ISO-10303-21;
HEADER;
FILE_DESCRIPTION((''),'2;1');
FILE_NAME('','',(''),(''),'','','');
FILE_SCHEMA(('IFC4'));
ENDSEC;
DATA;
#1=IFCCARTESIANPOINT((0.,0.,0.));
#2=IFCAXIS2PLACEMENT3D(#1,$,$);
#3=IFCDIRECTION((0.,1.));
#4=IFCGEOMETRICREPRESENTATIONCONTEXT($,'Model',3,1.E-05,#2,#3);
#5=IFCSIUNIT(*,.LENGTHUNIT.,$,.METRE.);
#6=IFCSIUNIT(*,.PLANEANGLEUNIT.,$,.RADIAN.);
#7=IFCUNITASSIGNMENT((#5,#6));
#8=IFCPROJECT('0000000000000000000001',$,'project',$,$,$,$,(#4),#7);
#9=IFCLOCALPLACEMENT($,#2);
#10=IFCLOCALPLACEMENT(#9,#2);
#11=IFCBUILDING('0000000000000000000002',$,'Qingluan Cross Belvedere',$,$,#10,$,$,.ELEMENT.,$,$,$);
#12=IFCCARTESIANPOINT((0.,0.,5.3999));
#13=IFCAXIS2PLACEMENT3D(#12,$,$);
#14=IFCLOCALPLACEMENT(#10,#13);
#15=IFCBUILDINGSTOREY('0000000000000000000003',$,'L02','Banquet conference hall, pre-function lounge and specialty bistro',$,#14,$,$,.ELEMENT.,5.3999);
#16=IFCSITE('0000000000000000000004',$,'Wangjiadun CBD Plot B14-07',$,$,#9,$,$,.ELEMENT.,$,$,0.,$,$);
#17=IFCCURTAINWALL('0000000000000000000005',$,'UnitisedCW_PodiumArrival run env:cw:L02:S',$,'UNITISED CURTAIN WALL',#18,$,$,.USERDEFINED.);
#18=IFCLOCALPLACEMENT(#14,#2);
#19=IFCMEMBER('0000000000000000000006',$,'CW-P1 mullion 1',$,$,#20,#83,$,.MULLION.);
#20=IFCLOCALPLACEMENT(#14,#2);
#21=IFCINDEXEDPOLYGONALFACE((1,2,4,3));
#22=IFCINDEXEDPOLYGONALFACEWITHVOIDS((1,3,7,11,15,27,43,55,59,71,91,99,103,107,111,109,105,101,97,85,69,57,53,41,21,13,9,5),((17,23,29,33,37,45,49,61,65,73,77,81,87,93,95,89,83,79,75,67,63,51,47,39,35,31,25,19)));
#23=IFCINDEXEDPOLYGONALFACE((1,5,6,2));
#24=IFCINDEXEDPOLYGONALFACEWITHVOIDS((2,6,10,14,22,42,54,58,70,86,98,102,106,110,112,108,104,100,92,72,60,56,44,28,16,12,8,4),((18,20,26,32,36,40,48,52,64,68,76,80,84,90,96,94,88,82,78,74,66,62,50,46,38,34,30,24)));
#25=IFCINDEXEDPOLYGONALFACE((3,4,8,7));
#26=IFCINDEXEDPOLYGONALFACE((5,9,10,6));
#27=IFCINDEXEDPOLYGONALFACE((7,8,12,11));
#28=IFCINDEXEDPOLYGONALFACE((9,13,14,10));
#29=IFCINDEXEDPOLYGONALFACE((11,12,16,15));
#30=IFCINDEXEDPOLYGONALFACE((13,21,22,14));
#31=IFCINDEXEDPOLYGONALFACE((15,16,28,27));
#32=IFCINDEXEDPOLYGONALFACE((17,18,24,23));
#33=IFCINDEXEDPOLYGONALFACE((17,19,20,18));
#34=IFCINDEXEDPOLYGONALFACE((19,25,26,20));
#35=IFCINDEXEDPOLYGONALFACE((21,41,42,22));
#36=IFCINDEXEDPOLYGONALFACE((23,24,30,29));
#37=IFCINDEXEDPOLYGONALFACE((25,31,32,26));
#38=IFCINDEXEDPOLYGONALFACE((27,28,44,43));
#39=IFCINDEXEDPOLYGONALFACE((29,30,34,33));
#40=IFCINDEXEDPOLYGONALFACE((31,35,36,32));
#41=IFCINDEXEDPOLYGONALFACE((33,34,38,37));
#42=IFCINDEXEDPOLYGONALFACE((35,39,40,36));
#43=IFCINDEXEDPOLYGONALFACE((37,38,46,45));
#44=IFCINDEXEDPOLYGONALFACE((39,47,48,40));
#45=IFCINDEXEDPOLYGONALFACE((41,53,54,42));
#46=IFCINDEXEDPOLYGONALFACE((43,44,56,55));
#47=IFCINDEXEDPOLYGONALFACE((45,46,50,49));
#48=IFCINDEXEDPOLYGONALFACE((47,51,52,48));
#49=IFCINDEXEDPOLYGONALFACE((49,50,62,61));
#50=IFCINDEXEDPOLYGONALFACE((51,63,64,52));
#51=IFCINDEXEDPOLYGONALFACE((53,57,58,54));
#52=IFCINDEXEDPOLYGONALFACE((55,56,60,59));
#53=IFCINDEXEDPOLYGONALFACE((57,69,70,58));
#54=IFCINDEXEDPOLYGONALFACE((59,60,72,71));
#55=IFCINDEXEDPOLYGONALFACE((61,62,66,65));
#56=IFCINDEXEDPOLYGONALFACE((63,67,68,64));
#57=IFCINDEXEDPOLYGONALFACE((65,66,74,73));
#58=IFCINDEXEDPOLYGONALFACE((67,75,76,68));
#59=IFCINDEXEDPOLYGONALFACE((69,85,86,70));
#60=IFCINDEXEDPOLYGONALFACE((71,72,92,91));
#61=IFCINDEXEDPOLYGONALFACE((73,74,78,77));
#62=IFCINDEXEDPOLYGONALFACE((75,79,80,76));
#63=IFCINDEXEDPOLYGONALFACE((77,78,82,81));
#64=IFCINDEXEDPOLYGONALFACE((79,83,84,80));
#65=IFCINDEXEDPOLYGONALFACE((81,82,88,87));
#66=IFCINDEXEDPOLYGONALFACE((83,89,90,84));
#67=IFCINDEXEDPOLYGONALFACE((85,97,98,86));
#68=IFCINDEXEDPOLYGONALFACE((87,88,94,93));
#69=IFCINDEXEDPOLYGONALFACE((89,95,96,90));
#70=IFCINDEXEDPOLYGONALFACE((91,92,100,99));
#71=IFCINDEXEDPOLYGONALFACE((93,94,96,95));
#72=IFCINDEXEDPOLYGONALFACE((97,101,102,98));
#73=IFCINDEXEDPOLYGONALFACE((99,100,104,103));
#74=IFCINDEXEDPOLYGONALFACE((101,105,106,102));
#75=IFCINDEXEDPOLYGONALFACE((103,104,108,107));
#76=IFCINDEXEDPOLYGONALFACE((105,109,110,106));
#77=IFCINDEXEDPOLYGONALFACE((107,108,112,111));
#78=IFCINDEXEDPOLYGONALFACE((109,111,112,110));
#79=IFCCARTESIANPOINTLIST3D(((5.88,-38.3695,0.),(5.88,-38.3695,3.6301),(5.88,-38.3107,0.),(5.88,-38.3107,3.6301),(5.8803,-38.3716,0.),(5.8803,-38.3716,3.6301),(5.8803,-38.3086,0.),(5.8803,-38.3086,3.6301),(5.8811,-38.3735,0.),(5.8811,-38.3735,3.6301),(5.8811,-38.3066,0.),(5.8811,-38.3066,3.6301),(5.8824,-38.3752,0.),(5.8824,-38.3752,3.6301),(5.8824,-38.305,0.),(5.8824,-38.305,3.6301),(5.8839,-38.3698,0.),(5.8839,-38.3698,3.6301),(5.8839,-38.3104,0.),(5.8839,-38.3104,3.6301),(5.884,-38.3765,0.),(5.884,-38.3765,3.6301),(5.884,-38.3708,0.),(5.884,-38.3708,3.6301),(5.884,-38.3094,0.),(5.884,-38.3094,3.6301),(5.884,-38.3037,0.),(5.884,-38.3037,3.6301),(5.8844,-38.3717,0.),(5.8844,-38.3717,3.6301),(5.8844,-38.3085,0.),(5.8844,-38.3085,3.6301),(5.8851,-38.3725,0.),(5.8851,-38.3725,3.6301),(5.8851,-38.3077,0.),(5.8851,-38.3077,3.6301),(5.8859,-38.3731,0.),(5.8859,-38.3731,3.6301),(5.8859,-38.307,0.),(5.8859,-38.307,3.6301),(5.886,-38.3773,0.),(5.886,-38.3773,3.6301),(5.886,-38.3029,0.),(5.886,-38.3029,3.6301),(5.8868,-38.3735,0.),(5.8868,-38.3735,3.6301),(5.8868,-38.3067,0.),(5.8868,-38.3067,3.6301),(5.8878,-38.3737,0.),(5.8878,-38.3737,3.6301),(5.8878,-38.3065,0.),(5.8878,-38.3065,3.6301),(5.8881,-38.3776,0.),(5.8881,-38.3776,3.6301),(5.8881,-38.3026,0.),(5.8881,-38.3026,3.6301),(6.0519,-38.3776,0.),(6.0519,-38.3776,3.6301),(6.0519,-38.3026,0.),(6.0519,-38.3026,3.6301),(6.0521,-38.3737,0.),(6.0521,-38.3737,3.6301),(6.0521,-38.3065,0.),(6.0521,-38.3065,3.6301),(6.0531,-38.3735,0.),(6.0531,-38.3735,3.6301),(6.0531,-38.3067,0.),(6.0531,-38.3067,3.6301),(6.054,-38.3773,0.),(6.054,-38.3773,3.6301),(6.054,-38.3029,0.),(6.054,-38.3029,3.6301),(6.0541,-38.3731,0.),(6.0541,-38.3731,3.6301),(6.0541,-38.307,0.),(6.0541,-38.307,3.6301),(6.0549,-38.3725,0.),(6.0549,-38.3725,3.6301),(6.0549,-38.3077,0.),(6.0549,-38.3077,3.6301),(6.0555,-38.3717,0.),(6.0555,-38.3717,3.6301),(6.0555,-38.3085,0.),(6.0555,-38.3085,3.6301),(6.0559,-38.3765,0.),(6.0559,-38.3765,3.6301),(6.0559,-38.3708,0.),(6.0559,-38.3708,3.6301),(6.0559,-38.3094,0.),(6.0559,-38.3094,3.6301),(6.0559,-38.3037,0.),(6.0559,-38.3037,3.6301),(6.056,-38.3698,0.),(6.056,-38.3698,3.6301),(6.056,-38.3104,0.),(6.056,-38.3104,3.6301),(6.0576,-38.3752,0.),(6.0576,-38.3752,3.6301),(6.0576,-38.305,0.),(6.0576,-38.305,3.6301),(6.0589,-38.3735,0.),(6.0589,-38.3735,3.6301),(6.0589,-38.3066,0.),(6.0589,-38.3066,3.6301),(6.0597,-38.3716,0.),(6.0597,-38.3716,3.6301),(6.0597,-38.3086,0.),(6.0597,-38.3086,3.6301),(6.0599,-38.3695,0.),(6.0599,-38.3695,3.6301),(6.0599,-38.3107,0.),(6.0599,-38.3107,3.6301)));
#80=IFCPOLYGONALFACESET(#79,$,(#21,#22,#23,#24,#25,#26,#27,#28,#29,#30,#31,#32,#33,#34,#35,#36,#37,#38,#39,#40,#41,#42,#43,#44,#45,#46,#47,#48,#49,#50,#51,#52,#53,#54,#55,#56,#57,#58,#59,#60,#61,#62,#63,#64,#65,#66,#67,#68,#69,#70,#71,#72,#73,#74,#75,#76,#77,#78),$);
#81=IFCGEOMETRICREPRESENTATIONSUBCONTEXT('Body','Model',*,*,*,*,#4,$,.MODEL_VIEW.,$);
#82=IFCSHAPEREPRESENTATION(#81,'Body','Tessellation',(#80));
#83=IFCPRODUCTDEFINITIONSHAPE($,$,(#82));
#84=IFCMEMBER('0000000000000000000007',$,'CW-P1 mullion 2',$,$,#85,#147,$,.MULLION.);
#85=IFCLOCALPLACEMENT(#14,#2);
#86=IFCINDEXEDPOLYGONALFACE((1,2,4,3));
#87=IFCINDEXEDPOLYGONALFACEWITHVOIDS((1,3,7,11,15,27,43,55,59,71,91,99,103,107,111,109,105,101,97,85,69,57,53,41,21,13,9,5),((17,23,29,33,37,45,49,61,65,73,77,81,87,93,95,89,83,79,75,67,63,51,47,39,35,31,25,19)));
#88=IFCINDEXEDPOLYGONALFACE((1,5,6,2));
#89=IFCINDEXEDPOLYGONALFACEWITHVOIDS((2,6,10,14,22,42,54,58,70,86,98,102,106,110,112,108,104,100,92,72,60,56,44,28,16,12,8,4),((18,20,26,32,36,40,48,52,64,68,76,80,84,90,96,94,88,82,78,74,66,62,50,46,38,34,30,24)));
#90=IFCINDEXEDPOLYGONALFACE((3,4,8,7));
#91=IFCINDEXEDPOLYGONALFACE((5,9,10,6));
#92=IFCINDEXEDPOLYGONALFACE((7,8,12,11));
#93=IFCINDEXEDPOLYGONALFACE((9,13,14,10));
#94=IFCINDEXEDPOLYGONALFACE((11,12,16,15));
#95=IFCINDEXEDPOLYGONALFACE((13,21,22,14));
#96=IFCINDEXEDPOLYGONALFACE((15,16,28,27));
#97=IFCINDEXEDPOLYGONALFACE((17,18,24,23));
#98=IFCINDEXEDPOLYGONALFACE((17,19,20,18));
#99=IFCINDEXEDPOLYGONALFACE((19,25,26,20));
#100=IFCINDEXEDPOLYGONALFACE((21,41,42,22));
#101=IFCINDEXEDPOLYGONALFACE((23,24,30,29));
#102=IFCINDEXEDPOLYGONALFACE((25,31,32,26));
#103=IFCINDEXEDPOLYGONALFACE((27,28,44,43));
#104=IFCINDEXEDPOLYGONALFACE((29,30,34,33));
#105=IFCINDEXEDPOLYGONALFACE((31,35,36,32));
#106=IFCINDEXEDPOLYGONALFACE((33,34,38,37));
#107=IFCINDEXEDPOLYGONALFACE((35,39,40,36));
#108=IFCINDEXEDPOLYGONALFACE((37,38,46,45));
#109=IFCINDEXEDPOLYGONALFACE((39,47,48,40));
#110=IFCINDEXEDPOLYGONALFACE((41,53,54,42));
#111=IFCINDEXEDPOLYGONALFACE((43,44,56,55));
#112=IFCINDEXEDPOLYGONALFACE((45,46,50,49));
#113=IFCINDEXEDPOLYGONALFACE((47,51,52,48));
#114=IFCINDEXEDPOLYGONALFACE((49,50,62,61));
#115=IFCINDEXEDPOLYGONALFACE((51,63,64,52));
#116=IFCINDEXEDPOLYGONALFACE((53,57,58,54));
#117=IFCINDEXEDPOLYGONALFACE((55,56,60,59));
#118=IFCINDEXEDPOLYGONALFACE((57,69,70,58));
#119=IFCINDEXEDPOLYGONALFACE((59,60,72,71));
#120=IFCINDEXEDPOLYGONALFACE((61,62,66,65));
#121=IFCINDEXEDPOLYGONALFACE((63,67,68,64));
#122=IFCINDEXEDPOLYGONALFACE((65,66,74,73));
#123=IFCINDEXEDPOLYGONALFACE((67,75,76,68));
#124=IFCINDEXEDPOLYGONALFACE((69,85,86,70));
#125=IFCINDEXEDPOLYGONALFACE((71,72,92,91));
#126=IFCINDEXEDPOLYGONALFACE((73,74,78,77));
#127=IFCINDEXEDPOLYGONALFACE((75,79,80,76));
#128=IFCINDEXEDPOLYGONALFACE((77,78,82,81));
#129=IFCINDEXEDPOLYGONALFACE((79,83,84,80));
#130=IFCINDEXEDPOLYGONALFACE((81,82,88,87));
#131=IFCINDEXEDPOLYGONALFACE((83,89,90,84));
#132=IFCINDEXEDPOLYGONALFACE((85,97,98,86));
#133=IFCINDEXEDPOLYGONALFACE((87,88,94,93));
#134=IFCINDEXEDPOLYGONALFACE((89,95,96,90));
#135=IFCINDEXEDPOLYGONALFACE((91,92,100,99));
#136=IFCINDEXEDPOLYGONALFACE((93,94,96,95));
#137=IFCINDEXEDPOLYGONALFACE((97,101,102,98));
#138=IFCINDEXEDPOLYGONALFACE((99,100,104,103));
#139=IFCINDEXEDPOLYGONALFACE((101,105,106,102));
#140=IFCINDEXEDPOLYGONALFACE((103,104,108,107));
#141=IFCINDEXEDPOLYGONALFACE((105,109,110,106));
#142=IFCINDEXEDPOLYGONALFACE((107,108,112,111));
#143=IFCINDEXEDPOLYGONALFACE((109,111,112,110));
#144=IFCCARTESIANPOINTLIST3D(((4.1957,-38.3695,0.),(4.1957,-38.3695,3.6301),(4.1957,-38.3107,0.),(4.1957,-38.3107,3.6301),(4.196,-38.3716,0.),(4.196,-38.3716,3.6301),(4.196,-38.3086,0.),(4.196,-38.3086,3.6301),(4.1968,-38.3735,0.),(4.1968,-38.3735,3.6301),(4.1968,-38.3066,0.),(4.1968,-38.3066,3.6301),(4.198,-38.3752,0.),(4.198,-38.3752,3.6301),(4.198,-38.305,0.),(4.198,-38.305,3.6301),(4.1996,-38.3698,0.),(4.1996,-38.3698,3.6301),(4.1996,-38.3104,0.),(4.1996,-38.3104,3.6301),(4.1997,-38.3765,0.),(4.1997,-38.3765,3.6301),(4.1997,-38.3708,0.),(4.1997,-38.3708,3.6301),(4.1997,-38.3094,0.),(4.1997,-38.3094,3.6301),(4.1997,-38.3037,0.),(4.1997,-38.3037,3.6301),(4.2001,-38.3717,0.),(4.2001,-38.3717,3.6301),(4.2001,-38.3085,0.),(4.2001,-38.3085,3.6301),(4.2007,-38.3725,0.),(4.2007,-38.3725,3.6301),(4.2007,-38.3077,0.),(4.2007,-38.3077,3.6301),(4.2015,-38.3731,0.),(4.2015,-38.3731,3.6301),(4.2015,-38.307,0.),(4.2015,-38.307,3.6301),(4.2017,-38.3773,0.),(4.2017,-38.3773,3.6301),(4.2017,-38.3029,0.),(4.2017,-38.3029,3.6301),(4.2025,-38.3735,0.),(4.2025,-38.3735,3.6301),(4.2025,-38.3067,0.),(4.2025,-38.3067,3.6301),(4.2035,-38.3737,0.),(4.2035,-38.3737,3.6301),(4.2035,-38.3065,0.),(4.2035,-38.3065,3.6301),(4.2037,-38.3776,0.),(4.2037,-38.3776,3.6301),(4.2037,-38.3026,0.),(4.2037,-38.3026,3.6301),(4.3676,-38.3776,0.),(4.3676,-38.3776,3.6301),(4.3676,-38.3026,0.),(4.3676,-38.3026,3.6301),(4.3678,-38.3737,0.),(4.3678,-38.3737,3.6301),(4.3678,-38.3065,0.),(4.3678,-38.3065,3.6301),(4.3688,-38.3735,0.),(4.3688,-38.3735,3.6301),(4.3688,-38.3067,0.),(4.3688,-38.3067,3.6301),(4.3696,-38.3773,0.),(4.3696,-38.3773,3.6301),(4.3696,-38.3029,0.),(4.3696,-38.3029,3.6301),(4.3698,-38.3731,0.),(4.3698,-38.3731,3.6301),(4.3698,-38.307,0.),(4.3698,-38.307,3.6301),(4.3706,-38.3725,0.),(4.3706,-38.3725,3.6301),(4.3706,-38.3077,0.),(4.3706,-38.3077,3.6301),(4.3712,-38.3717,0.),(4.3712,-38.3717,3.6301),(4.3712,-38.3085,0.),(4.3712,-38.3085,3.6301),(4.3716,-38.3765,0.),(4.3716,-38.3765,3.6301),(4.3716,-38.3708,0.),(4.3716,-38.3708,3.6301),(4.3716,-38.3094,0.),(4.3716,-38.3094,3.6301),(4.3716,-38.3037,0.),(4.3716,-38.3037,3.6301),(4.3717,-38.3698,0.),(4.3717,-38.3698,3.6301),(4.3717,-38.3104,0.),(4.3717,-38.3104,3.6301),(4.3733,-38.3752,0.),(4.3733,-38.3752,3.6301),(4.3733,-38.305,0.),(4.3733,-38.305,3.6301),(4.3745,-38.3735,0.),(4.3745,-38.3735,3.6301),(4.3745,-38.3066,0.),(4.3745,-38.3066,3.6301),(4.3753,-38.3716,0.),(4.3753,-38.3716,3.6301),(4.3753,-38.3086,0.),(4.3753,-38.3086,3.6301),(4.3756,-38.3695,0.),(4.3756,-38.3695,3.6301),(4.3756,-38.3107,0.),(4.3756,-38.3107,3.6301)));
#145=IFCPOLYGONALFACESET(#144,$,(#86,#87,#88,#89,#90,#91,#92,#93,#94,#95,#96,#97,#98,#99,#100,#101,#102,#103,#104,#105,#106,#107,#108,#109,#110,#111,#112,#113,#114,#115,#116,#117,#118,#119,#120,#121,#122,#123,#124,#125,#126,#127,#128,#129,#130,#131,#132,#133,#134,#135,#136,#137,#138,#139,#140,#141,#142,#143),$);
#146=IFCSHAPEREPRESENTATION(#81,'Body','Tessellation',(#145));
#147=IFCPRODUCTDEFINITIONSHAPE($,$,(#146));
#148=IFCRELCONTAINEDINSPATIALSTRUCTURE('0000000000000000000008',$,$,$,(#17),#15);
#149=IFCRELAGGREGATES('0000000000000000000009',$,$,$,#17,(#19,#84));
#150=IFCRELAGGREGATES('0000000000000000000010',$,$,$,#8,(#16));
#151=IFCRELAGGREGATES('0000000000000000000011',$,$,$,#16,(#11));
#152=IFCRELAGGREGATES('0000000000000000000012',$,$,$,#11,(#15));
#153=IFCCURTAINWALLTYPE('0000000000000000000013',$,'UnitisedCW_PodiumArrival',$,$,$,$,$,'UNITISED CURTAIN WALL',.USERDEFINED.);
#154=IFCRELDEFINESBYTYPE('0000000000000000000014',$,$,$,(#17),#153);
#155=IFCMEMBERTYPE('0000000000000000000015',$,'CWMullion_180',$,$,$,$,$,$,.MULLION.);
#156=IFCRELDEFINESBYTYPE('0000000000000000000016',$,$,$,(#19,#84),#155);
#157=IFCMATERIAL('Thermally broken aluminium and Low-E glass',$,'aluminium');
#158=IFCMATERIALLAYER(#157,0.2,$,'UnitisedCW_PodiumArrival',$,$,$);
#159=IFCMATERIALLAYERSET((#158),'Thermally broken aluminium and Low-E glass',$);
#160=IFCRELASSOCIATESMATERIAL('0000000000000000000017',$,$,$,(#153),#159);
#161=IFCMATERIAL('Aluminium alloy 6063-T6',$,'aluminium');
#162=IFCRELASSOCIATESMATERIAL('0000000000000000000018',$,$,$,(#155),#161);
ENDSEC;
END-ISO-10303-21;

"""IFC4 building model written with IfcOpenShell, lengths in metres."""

from ifc_helpers import new_model, si_unit, direction, frame, origin, origin_2d, place, context, subcontext, project, spatial, hollow_rectangle, extrude, material, layer, layer_set, material_profile, profile_set, type_object, element, aggregate, save


model = new_model("IFC4")

# Units and contexts
model_context = context("Model", 3, precision=1e-05, world=origin(), true_north=direction((0.0, 1.0)))
body_context = subcontext(model_context, "Body", "Model", "MODEL_VIEW")
ifc_project = project(units=[si_unit("LENGTHUNIT", "METRE"), si_unit("PLANEANGLEUNIT", "RADIAN")], contexts=[model_context])

# Site, building, storey
site_placement = place(None, origin())
site = spatial("IfcSite", under=ifc_project, at=site_placement, Name="Wangjiadun CBD Plot B14-07", CompositionType="ELEMENT", RefElevation=0.0)
building_placement = place(site_placement, origin())
building = spatial("IfcBuilding", under=site, at=building_placement, Name="Qingluan Cross Belvedere", CompositionType="ELEMENT")
storey_placement = place(building_placement, frame((0.0, 0.0, 5.3999)))
storey = spatial("IfcBuildingStorey", under=building, at=storey_placement, Name="L02", Description="Banquet conference hall, pre-function lounge and specialty bistro", CompositionType="ELEMENT", Elevation=5.3999)

# Curtain wall, members
ifc_material_1 = material(Name="Thermally broken aluminium and Low-E glass", Category="aluminium")
ifc_layer_1 = layer(ifc_material_1, 0.2, Name="UnitisedCW_PodiumArrival")
ifc_layer_set_1 = layer_set([ifc_layer_1], Name="Thermally broken aluminium and Low-E glass")
curtain_wall_type = type_object("IfcCurtainWallType", Name="UnitisedCW_PodiumArrival", ElementType="UNITISED CURTAIN WALL", PredefinedType="USERDEFINED", material=ifc_layer_set_1)
curtain_wall_placement = place(storey_placement, origin())
curtain_wall = element("IfcCurtainWall", 1, at=curtain_wall_placement, inside=storey, type_object=curtain_wall_type, Name="UnitisedCW_PodiumArrival run env:cw:L02:S", ObjectType="UNITISED CURTAIN WALL", PredefinedType="USERDEFINED")
ifc_material_2 = material(Name="Aluminium alloy 6063-T6", Category="aluminium")
ifc_material_profile_1 = material_profile(ifc_material_2, hollow_rectangle(XDim=0.075, YDim=0.1799, WallThickness=0.0039, InnerFilletRadius=0.0039, OuterFilletRadius=0.0081, at=origin_2d()), Name="CWM180x75x4")
ifc_profile_set_1 = profile_set([ifc_material_profile_1], Name="Aluminium alloy 6063-T6")
member_type_1 = type_object("IfcMemberType", Name="CWMullion_180", PredefinedType="MULLION", material=ifc_profile_set_1)
member_1_placement = place(storey_placement, frame((5.97, -38.3401, 0.0), z_axis=(0.0, 0.0, 1.0), x_axis=(0.0, -1.0, 0.0)))
member_1 = element("IfcMember", 2, at=member_1_placement, type_object=member_type_1, Name="CW-P1 mullion 1", PredefinedType="MULLION", context=body_context, shape_type="SweptSolid", body=[
    extrude(hollow_rectangle(XDim=0.075, YDim=0.1799, WallThickness=0.0039, InnerFilletRadius=0.0039, OuterFilletRadius=0.0081, at=origin_2d()), origin(), (0.0, 0.0, 1.0), 3.6301),
])
member_2_placement = place(storey_placement, frame((4.2856, -38.3401, 0.0), z_axis=(0.0, 0.0, 1.0), x_axis=(0.0, -1.0, 0.0)))
member_2 = element("IfcMember", 3, at=member_2_placement, type_object=member_type_1, Name="CW-P1 mullion 2", PredefinedType="MULLION", context=body_context, shape_type="SweptSolid", body=[
    extrude(hollow_rectangle(XDim=0.075, YDim=0.1799, WallThickness=0.0039, InnerFilletRadius=0.0039, OuterFilletRadius=0.0081, at=origin_2d()), origin(), (0.0, 0.0, 1.0), 3.6301),
])
aggregate(curtain_wall, [member_1, member_2])

save(model, "model.ifc")
